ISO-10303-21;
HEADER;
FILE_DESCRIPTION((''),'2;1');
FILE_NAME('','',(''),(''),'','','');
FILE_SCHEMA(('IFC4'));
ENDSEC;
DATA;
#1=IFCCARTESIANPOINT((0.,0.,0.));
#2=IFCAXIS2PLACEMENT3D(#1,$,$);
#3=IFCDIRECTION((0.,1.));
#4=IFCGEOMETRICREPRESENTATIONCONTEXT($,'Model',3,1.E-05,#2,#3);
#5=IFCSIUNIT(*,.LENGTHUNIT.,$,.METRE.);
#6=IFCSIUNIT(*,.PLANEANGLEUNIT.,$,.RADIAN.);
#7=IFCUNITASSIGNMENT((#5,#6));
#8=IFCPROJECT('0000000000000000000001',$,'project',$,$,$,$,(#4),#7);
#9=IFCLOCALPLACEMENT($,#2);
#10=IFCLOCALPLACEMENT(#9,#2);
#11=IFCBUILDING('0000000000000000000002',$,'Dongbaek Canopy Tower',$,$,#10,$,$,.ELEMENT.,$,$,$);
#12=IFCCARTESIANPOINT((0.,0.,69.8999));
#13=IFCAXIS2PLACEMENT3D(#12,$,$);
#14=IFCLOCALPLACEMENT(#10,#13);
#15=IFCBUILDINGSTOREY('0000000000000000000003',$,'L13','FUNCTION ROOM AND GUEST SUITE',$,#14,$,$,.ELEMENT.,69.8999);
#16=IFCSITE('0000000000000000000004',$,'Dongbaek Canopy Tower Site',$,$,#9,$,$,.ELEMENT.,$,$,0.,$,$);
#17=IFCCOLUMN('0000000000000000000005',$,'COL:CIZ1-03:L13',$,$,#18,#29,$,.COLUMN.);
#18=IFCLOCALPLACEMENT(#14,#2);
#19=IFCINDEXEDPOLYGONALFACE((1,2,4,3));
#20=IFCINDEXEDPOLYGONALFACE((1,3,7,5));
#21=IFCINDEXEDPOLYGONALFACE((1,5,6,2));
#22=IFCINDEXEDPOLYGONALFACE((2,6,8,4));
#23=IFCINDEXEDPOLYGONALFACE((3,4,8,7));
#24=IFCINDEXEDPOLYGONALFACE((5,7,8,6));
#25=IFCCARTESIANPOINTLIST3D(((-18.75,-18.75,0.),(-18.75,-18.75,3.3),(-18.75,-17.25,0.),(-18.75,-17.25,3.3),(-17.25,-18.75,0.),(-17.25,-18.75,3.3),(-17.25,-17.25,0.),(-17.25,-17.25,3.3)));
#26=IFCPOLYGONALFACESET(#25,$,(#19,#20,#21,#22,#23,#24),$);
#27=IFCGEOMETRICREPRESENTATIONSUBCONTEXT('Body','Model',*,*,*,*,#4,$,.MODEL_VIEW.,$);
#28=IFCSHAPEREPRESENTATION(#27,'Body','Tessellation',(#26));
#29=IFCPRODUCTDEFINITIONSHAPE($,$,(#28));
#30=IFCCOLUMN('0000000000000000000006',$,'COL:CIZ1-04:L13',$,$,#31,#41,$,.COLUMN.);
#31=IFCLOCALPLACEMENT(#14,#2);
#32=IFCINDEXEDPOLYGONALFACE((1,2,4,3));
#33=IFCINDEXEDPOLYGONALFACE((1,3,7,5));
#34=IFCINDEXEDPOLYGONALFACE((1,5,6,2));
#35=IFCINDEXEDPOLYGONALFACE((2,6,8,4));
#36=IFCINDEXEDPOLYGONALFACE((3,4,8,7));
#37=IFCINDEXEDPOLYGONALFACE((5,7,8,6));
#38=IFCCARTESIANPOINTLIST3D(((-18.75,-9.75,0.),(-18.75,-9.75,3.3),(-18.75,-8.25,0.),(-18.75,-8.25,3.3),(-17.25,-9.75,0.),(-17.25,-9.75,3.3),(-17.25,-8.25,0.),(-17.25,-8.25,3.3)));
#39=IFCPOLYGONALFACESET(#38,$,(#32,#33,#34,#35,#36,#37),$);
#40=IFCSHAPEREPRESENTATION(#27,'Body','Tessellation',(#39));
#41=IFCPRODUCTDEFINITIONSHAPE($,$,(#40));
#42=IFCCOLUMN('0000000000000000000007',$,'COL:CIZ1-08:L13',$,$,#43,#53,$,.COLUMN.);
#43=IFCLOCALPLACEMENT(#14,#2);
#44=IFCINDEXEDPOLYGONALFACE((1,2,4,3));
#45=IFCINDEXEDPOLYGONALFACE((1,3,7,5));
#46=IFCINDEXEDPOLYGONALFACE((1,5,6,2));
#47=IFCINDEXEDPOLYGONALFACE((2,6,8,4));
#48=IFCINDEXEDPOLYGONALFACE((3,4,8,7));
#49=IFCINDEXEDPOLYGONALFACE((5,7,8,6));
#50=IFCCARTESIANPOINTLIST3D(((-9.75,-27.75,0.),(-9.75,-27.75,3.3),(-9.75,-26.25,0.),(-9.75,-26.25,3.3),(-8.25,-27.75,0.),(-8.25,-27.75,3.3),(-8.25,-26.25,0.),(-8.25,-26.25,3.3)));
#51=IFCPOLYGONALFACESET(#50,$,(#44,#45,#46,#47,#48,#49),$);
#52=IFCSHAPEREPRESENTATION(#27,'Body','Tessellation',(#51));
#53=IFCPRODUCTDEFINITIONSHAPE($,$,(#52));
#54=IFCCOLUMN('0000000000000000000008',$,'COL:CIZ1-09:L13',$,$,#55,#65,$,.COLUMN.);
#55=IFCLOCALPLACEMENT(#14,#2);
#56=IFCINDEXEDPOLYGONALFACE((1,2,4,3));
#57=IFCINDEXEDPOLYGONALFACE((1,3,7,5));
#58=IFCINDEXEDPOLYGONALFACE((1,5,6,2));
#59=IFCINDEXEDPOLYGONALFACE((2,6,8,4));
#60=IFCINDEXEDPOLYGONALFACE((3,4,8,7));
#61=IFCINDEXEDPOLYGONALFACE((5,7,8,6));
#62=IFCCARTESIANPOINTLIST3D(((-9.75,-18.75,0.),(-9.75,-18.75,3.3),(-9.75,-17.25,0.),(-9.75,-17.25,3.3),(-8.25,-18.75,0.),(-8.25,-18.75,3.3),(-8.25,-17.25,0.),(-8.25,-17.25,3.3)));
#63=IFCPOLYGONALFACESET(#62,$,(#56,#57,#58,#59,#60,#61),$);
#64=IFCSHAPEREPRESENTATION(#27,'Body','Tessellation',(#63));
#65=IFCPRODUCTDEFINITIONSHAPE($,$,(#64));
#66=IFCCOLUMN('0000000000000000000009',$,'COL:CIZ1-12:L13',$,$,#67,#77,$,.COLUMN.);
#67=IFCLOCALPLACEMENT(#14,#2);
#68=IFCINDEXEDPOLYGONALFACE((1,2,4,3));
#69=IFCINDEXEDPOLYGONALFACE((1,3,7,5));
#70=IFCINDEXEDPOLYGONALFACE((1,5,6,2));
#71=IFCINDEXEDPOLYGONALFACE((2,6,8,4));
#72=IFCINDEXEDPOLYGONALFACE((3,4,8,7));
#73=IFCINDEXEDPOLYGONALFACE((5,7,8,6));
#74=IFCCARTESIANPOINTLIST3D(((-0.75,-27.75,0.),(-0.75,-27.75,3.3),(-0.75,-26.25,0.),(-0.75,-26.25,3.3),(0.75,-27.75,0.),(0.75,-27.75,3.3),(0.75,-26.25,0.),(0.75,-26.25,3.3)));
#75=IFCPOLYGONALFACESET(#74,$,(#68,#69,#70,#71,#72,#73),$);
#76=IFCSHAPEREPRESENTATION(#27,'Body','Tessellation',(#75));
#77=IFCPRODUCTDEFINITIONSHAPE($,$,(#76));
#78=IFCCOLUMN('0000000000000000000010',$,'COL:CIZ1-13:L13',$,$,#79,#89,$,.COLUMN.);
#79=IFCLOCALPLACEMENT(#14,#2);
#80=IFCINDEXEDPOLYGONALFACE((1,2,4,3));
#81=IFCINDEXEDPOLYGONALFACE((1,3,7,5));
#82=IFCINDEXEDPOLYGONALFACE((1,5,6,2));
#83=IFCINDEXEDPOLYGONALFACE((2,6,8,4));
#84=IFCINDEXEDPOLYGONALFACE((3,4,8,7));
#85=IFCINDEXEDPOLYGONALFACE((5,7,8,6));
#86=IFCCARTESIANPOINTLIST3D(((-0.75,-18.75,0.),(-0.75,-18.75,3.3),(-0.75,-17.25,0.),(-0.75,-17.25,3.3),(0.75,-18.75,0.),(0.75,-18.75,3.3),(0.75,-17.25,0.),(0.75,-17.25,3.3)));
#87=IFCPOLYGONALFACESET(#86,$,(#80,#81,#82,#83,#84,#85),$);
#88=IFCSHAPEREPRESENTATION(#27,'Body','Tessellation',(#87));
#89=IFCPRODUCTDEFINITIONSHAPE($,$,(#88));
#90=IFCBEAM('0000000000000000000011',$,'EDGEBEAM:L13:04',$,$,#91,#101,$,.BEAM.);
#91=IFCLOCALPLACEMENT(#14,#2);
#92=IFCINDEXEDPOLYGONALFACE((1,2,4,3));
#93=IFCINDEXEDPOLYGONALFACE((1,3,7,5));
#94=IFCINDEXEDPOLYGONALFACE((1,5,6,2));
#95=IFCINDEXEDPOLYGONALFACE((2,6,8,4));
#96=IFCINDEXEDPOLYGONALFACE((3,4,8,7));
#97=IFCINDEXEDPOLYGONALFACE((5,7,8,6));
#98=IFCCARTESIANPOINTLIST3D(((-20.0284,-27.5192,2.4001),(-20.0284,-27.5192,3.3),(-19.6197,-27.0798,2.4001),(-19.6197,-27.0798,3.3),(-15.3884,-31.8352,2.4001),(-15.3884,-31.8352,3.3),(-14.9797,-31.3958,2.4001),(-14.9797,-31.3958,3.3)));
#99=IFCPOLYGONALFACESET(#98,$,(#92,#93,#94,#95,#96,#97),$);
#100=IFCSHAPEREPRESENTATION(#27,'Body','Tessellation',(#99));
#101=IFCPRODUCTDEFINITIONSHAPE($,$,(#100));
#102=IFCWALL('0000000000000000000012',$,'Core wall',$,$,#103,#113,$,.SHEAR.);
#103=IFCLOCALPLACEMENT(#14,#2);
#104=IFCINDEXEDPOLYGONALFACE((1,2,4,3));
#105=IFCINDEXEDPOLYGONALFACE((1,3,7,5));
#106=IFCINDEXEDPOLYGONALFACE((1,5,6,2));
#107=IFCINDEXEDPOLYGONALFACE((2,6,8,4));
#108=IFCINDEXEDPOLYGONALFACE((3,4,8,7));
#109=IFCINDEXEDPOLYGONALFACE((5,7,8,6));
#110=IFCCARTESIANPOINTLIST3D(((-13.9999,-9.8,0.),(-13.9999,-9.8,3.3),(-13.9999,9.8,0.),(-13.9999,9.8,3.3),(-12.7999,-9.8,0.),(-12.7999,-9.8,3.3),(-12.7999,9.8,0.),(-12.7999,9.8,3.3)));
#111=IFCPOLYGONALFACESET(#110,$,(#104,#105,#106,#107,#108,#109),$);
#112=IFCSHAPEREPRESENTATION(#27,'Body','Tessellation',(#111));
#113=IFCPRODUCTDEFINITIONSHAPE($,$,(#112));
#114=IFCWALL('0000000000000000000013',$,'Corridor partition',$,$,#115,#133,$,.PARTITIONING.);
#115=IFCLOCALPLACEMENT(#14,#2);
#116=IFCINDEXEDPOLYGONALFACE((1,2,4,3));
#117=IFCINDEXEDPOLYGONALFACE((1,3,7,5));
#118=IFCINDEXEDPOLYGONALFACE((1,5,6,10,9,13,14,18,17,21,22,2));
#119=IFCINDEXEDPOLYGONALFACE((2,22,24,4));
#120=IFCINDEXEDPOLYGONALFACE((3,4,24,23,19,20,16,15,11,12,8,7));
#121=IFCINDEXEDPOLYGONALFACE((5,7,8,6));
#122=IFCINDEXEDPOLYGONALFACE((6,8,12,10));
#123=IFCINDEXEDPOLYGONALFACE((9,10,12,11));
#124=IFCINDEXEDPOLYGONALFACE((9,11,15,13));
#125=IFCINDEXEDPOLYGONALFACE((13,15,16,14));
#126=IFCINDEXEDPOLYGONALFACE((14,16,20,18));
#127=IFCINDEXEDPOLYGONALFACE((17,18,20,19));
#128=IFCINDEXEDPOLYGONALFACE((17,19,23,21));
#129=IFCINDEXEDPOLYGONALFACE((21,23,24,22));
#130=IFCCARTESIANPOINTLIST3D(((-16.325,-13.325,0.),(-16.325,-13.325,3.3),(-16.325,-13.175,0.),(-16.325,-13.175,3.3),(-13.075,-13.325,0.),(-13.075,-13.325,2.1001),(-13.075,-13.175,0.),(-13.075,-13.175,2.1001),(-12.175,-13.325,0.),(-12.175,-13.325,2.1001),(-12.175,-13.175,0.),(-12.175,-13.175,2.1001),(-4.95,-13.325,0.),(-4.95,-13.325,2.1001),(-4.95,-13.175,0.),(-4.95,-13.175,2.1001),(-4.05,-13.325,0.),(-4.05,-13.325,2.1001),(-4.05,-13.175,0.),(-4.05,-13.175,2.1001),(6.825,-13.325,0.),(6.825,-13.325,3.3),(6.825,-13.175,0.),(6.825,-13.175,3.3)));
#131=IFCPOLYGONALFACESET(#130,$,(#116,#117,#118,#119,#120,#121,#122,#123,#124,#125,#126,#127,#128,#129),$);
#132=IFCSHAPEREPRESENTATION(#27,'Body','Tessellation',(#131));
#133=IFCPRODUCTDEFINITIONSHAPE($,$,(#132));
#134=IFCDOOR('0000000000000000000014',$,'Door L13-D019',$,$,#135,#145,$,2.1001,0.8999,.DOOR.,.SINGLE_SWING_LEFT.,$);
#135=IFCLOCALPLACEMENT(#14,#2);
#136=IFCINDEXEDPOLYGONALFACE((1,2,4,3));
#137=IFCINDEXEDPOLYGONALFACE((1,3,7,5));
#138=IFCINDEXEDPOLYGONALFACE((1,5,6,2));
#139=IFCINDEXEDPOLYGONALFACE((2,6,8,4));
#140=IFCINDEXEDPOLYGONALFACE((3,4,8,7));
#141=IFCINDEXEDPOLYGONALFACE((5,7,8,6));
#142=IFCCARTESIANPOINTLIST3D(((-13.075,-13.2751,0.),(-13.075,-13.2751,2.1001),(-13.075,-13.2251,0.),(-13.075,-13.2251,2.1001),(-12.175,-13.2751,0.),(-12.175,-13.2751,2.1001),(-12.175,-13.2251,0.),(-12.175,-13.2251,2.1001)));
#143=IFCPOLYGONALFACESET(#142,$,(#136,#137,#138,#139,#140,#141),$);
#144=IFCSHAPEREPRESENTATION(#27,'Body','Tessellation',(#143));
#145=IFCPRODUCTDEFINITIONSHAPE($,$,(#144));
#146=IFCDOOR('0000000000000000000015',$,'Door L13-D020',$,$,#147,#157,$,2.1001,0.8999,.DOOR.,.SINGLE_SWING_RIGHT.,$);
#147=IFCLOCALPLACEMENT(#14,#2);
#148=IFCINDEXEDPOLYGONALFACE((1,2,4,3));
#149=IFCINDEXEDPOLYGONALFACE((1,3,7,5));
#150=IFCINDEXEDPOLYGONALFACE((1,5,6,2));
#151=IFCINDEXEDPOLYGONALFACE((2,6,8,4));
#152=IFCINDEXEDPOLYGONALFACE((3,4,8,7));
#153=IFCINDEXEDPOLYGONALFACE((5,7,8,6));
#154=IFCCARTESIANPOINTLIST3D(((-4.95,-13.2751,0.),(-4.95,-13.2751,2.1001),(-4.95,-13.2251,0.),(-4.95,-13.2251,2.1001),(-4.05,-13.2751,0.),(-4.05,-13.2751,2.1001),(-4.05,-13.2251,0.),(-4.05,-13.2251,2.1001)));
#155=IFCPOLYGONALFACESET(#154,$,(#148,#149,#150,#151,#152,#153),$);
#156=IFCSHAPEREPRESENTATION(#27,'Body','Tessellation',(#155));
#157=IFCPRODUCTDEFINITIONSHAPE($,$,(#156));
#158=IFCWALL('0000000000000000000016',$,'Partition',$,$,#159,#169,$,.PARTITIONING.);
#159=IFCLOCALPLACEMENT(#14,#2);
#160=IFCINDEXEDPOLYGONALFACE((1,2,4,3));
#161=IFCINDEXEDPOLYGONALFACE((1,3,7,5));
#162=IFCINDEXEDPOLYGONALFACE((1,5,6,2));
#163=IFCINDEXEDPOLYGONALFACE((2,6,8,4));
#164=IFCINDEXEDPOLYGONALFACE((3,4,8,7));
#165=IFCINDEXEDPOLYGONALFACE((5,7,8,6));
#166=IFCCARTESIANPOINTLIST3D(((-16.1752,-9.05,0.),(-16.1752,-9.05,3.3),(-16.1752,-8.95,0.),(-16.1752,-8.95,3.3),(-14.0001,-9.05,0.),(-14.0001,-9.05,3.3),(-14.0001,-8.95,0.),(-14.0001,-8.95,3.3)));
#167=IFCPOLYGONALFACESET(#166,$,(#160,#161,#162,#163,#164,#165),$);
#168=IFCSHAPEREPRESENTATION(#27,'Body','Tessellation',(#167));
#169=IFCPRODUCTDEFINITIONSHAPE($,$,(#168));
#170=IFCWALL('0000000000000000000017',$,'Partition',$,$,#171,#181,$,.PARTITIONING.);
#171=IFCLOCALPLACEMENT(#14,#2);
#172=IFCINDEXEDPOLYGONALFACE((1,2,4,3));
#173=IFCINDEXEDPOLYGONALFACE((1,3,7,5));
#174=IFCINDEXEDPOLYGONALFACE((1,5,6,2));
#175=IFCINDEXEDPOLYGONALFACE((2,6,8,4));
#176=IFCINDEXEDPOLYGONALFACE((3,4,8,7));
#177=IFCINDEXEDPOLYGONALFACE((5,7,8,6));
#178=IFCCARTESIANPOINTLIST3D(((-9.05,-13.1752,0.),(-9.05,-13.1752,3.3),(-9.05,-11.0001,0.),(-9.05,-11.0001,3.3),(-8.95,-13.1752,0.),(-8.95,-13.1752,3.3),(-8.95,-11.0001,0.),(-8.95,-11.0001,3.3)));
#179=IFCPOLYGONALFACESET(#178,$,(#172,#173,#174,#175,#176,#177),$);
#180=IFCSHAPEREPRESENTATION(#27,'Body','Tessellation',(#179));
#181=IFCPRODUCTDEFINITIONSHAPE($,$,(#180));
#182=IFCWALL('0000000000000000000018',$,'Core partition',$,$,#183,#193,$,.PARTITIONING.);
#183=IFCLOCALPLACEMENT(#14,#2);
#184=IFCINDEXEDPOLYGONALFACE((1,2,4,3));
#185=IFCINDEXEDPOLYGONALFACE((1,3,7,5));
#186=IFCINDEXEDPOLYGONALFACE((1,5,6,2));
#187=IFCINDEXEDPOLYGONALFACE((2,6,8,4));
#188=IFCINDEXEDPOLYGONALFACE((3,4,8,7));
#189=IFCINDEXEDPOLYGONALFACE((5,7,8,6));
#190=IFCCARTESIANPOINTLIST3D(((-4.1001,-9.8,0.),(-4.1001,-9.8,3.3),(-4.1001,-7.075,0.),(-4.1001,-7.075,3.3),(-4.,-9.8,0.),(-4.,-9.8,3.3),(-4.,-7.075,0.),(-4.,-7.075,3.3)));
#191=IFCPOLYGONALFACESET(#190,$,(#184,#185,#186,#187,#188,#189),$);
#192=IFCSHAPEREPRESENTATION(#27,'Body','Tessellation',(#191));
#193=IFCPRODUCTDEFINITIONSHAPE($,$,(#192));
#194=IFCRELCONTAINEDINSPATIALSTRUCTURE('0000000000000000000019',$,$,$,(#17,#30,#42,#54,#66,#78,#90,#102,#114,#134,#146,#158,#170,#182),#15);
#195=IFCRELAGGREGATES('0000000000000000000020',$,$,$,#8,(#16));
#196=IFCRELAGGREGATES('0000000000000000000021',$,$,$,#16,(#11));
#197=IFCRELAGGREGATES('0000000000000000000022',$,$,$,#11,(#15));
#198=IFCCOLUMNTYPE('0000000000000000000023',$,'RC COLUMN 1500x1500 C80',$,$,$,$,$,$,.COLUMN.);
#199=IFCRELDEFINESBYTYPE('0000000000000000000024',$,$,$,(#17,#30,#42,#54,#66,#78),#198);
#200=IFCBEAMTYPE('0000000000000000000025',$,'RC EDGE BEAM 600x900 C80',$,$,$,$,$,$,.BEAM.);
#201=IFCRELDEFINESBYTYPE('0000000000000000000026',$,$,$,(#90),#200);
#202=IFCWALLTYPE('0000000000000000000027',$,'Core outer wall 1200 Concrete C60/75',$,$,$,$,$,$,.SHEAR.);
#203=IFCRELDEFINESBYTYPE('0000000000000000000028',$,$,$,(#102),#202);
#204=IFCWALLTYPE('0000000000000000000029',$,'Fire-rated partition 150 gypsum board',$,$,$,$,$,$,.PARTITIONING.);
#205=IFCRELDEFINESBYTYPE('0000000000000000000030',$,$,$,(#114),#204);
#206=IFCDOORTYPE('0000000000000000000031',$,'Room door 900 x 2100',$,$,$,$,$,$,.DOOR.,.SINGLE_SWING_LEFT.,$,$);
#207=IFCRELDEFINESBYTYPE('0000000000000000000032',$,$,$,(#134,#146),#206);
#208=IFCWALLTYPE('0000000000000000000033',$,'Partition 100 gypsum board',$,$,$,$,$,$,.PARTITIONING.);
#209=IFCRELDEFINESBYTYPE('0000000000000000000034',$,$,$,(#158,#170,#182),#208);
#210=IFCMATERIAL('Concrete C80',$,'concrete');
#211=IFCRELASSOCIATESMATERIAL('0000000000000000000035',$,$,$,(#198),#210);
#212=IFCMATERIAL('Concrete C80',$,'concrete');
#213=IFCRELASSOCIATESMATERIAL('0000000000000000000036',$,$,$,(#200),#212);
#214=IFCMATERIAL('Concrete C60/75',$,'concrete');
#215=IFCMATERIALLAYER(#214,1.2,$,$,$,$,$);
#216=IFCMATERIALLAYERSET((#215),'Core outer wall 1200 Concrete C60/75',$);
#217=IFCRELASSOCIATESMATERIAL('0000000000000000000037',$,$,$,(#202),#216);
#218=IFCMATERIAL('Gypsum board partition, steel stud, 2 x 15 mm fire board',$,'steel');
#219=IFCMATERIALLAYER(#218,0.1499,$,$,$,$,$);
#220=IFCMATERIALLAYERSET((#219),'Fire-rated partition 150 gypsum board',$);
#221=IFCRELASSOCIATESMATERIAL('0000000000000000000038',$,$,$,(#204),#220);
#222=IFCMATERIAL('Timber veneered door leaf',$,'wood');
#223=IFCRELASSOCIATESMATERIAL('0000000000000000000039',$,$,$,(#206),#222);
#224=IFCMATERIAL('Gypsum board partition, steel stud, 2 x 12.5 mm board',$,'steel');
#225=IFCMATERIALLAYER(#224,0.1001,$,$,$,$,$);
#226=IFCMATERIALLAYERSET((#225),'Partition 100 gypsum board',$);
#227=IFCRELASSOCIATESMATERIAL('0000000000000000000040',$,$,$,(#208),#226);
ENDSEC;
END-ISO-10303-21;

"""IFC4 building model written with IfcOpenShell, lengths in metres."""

from ifc_helpers import new_model, si_unit, direction, frame, frame_2d, origin, origin_2d, place, context, subcontext, project, spatial, rectangle, extrude, material, layer, layer_set, material_profile, profile_set, type_object, element, fill, save


model = new_model("IFC4")

# Units and contexts
model_context = context("Model", 3, precision=1e-05, world=origin(), true_north=direction((0.0, 1.0)))
body_context = subcontext(model_context, "Body", "Model", "MODEL_VIEW")
ifc_project = project(units=[si_unit("LENGTHUNIT", "METRE"), si_unit("PLANEANGLEUNIT", "RADIAN")], contexts=[model_context])

# Site, building, storey
site_placement = place(None, origin())
site = spatial("IfcSite", under=ifc_project, at=site_placement, Name="Dongbaek Canopy Tower Site", CompositionType="ELEMENT", RefElevation=0.0)
building_placement = place(site_placement, origin())
building = spatial("IfcBuilding", under=site, at=building_placement, Name="Dongbaek Canopy Tower", CompositionType="ELEMENT")
storey_placement = place(building_placement, frame((0.0, 0.0, 69.8999)))
storey = spatial("IfcBuildingStorey", under=building, at=storey_placement, Name="L13", Description="FUNCTION ROOM AND GUEST SUITE", CompositionType="ELEMENT", Elevation=69.8999)

# Columns
ifc_material_1 = material(Name="Concrete C80", Category="concrete")
ifc_material_profile_1 = material_profile(ifc_material_1, rectangle(XDim=1.5, YDim=1.5, at=origin_2d()), Name="RC COLUMN 1500x1500 C80")
ifc_profile_set_1 = profile_set([ifc_material_profile_1], Name="Concrete C80")
column_type = type_object("IfcColumnType", Name="RC COLUMN 1500x1500 C80", PredefinedType="COLUMN", material=ifc_profile_set_1)
for number, where, z_axis, x_axis, name in (
    (1, (-18.0, -18.0, 0.0), (0.0, 0.0, 1.0), (1.0, 0.0, 0.0), "COL:CIZ1-03:L13"),
    (2, (-18.0, -9.0, 0.0), (0.0, 0.0, 1.0), (1.0, 0.0, 0.0), "COL:CIZ1-04:L13"),
    (3, (-9.0, -27.0, 0.0), (0.0, 0.0, 1.0), (1.0, 0.0, 0.0), "COL:CIZ1-08:L13"),
    (4, (-9.0, -18.0, 0.0), (0.0, 0.0, 1.0), (1.0, 0.0, 0.0), "COL:CIZ1-09:L13"),
    (5, (0.0, -27.0, 0.0), (0.0, 0.0, 1.0), (1.0, 0.0, 0.0), "COL:CIZ1-12:L13"),
    (6, (0.0, -18.0, 0.0), (0.0, 0.0, 1.0), (1.0, 0.0, 0.0), "COL:CIZ1-13:L13"),
):
    element("IfcColumn", number, at=place(storey_placement, frame(where, z_axis=z_axis, x_axis=x_axis)), inside=storey, type_object=column_type, Name=name, PredefinedType="COLUMN", context=body_context, shape_type="SweptSolid", body=[
        extrude(rectangle(XDim=1.5, YDim=1.5, at=origin_2d()), origin(), (0.0, 0.0, 1.0), 3.3),
    ])

# Beam
ifc_material_2 = material(Name="Concrete C80", Category="concrete")
ifc_material_profile_2 = material_profile(ifc_material_2, rectangle(XDim=0.6001, YDim=0.8999, at=origin_2d()), Name="RC EDGE BEAM 600x900 C80")
ifc_profile_set_2 = profile_set([ifc_material_profile_2], Name="Concrete C80")
beam_type = type_object("IfcBeamType", Name="RC EDGE BEAM 600x900 C80", PredefinedType="BEAM", material=ifc_profile_set_2)
beam_placement = place(storey_placement, frame((-15.1841, -31.6155, 2.8501), z_axis=(-0.732207, 0.681082, 0.0), x_axis=(-0.681082, -0.732207, 0.0)))
element("IfcBeam", 7, at=beam_placement, inside=storey, type_object=beam_type, Name="EDGEBEAM:L13:04", PredefinedType="BEAM", context=body_context, shape_type="SweptSolid", body=[
    extrude(rectangle(XDim=0.6001, YDim=0.8999, at=origin_2d()), origin(), (0.0, 0.0, 1.0), 6.3369),
])

# Wall
ifc_material_3 = material(Name="Concrete C60/75", Category="concrete")
ifc_layer_1 = layer(ifc_material_3, 1.2)
ifc_layer_set_1 = layer_set([ifc_layer_1], Name="Core outer wall 1200 Concrete C60/75")
wall_type_1 = type_object("IfcWallType", Name="Core outer wall 1200 Concrete C60/75", PredefinedType="SHEAR", material=ifc_layer_set_1)
wall_1_placement = place(storey_placement, frame((-13.3999, -9.8, 0.0), z_axis=(0.0, 0.0, 1.0), x_axis=(0.0, 1.0, 0.0)))
element("IfcWall", 8, at=wall_1_placement, inside=storey, type_object=wall_type_1, Name="Core wall", PredefinedType="SHEAR", context=body_context, shape_type="SweptSolid", body=[
    extrude(rectangle(XDim=19.6001, YDim=1.2, at=frame_2d((9.8, 0.0))), origin(), (0.0, 0.0, 1.0), 3.3),
])

# Wall, openings, doors
ifc_material_4 = material(Name="Gypsum board partition, steel stud, 2 x 15 mm fire board", Category="steel")
ifc_layer_2 = layer(ifc_material_4, 0.1499)
ifc_layer_set_2 = layer_set([ifc_layer_2], Name="Fire-rated partition 150 gypsum board")
wall_type_2 = type_object("IfcWallType", Name="Fire-rated partition 150 gypsum board", PredefinedType="PARTITIONING", material=ifc_layer_set_2)
wall_2_placement = place(storey_placement, frame((-16.325, -13.25, 0.0), z_axis=(0.0, 0.0, 1.0), x_axis=(1.0, 0.0, 0.0)))
wall_2 = element("IfcWall", 9, at=wall_2_placement, inside=storey, type_object=wall_type_2, Name="Corridor partition", PredefinedType="PARTITIONING", context=body_context, shape_type="SweptSolid", body=[
    extrude(rectangle(XDim=23.1499, YDim=0.1499, at=frame_2d((11.575, 0.0))), origin(), (0.0, 0.0, 1.0), 3.3),
])
opening_1_placement = place(wall_2_placement, frame((3.25, 0.0, 0.0)))
opening_1 = element("IfcOpeningElement", 10, at=opening_1_placement, cuts=wall_2, PredefinedType="OPENING", context=body_context, shape_type="SweptSolid", body=[
    extrude(rectangle(XDim=0.8999, YDim=2.1001, at=frame_2d((0.45, 1.05))), frame((0.0, 0.085, 0.0), z_axis=(0.0, -1.0, 0.0), x_axis=(1.0, 0.0, 0.0)), (0.0, 0.0, 1.0), 0.1699),
])
opening_2_placement = place(wall_2_placement, frame((11.375, 0.0, 0.0)))
opening_2 = element("IfcOpeningElement", 11, at=opening_2_placement, cuts=wall_2, PredefinedType="OPENING", context=body_context, shape_type="SweptSolid", body=[
    extrude(rectangle(XDim=0.8999, YDim=2.1001, at=frame_2d((0.45, 1.05))), frame((0.0, 0.085, 0.0), z_axis=(0.0, -1.0, 0.0), x_axis=(1.0, 0.0, 0.0)), (0.0, 0.0, 1.0), 0.1699),
])
ifc_material_5 = material(Name="Timber veneered door leaf", Category="wood")
door_type_1 = type_object("IfcDoorType", Name="Room door 900 x 2100", OperationType="SINGLE_SWING_LEFT", PredefinedType="DOOR", material=ifc_material_5)
door_1_placement = place(opening_1_placement, origin())
door_1 = element("IfcDoor", 12, at=door_1_placement, inside=storey, type_object=door_type_1, Name="Door L13-D019", OperationType="SINGLE_SWING_LEFT", OverallHeight=2.1001, OverallWidth=0.8999, PredefinedType="DOOR", context=body_context, shape_type="SweptSolid", body=[
    extrude(rectangle(XDim=0.8999, YDim=2.1001, at=frame_2d((0.45, 1.05))), frame((0.0, 0.0249, 0.0), z_axis=(0.0, -1.0, 0.0), x_axis=(1.0, 0.0, 0.0)), (0.0, 0.0, 1.0), 0.05),
])
fill(opening_1, door_1)
door_2_placement = place(opening_2_placement, origin())
door_2 = element("IfcDoor", 13, at=door_2_placement, inside=storey, type_object=door_type_1, Name="Door L13-D020", OperationType="SINGLE_SWING_RIGHT", OverallHeight=2.1001, OverallWidth=0.8999, PredefinedType="DOOR", context=body_context, shape_type="SweptSolid", body=[
    extrude(rectangle(XDim=0.8999, YDim=2.1001, at=frame_2d((0.45, 1.05))), frame((0.0, 0.0249, 0.0), z_axis=(0.0, -1.0, 0.0), x_axis=(1.0, 0.0, 0.0)), (0.0, 0.0, 1.0), 0.05),
])
fill(opening_2, door_2)

# Walls
ifc_material_6 = material(Name="Gypsum board partition, steel stud, 2 x 12.5 mm board", Category="steel")
ifc_layer_3 = layer(ifc_material_6, 0.1001)
ifc_layer_set_3 = layer_set([ifc_layer_3], Name="Partition 100 gypsum board")
wall_type_3 = type_object("IfcWallType", Name="Partition 100 gypsum board", PredefinedType="PARTITIONING", material=ifc_layer_set_3)
for number, where, z_axis, x_axis, name in (
    (14, (-16.175, -9.0, 0.0), (0.0, 0.0, 1.0), (1.0, 0.0, 0.0), "Partition"),
    (15, (-9.0, -13.175, 0.0), (0.0, 0.0, 1.0), (0.0, 1.0, 0.0), "Partition"),
):
    element("IfcWall", number, at=place(storey_placement, frame(where, z_axis=z_axis, x_axis=x_axis)), inside=storey, type_object=wall_type_3, Name=name, PredefinedType="PARTITIONING", context=body_context, shape_type="SweptSolid", body=[
        extrude(rectangle(XDim=2.175, YDim=0.1001, at=frame_2d((1.0874, 0.0))), origin(), (0.0, 0.0, 1.0), 3.3),
    ])
wall_3_placement = place(storey_placement, frame((-4.05, -9.8, 0.0), z_axis=(0.0, 0.0, 1.0), x_axis=(0.0, 1.0, 0.0)))
element("IfcWall", 16, at=wall_3_placement, inside=storey, type_object=wall_type_3, Name="Core partition", PredefinedType="PARTITIONING", context=body_context, shape_type="SweptSolid", body=[
    extrude(rectangle(XDim=2.7251, YDim=0.1001, at=frame_2d((1.3625, 0.0))), origin(), (0.0, 0.0, 1.0), 3.3),
])

save(model, "model.ifc")
